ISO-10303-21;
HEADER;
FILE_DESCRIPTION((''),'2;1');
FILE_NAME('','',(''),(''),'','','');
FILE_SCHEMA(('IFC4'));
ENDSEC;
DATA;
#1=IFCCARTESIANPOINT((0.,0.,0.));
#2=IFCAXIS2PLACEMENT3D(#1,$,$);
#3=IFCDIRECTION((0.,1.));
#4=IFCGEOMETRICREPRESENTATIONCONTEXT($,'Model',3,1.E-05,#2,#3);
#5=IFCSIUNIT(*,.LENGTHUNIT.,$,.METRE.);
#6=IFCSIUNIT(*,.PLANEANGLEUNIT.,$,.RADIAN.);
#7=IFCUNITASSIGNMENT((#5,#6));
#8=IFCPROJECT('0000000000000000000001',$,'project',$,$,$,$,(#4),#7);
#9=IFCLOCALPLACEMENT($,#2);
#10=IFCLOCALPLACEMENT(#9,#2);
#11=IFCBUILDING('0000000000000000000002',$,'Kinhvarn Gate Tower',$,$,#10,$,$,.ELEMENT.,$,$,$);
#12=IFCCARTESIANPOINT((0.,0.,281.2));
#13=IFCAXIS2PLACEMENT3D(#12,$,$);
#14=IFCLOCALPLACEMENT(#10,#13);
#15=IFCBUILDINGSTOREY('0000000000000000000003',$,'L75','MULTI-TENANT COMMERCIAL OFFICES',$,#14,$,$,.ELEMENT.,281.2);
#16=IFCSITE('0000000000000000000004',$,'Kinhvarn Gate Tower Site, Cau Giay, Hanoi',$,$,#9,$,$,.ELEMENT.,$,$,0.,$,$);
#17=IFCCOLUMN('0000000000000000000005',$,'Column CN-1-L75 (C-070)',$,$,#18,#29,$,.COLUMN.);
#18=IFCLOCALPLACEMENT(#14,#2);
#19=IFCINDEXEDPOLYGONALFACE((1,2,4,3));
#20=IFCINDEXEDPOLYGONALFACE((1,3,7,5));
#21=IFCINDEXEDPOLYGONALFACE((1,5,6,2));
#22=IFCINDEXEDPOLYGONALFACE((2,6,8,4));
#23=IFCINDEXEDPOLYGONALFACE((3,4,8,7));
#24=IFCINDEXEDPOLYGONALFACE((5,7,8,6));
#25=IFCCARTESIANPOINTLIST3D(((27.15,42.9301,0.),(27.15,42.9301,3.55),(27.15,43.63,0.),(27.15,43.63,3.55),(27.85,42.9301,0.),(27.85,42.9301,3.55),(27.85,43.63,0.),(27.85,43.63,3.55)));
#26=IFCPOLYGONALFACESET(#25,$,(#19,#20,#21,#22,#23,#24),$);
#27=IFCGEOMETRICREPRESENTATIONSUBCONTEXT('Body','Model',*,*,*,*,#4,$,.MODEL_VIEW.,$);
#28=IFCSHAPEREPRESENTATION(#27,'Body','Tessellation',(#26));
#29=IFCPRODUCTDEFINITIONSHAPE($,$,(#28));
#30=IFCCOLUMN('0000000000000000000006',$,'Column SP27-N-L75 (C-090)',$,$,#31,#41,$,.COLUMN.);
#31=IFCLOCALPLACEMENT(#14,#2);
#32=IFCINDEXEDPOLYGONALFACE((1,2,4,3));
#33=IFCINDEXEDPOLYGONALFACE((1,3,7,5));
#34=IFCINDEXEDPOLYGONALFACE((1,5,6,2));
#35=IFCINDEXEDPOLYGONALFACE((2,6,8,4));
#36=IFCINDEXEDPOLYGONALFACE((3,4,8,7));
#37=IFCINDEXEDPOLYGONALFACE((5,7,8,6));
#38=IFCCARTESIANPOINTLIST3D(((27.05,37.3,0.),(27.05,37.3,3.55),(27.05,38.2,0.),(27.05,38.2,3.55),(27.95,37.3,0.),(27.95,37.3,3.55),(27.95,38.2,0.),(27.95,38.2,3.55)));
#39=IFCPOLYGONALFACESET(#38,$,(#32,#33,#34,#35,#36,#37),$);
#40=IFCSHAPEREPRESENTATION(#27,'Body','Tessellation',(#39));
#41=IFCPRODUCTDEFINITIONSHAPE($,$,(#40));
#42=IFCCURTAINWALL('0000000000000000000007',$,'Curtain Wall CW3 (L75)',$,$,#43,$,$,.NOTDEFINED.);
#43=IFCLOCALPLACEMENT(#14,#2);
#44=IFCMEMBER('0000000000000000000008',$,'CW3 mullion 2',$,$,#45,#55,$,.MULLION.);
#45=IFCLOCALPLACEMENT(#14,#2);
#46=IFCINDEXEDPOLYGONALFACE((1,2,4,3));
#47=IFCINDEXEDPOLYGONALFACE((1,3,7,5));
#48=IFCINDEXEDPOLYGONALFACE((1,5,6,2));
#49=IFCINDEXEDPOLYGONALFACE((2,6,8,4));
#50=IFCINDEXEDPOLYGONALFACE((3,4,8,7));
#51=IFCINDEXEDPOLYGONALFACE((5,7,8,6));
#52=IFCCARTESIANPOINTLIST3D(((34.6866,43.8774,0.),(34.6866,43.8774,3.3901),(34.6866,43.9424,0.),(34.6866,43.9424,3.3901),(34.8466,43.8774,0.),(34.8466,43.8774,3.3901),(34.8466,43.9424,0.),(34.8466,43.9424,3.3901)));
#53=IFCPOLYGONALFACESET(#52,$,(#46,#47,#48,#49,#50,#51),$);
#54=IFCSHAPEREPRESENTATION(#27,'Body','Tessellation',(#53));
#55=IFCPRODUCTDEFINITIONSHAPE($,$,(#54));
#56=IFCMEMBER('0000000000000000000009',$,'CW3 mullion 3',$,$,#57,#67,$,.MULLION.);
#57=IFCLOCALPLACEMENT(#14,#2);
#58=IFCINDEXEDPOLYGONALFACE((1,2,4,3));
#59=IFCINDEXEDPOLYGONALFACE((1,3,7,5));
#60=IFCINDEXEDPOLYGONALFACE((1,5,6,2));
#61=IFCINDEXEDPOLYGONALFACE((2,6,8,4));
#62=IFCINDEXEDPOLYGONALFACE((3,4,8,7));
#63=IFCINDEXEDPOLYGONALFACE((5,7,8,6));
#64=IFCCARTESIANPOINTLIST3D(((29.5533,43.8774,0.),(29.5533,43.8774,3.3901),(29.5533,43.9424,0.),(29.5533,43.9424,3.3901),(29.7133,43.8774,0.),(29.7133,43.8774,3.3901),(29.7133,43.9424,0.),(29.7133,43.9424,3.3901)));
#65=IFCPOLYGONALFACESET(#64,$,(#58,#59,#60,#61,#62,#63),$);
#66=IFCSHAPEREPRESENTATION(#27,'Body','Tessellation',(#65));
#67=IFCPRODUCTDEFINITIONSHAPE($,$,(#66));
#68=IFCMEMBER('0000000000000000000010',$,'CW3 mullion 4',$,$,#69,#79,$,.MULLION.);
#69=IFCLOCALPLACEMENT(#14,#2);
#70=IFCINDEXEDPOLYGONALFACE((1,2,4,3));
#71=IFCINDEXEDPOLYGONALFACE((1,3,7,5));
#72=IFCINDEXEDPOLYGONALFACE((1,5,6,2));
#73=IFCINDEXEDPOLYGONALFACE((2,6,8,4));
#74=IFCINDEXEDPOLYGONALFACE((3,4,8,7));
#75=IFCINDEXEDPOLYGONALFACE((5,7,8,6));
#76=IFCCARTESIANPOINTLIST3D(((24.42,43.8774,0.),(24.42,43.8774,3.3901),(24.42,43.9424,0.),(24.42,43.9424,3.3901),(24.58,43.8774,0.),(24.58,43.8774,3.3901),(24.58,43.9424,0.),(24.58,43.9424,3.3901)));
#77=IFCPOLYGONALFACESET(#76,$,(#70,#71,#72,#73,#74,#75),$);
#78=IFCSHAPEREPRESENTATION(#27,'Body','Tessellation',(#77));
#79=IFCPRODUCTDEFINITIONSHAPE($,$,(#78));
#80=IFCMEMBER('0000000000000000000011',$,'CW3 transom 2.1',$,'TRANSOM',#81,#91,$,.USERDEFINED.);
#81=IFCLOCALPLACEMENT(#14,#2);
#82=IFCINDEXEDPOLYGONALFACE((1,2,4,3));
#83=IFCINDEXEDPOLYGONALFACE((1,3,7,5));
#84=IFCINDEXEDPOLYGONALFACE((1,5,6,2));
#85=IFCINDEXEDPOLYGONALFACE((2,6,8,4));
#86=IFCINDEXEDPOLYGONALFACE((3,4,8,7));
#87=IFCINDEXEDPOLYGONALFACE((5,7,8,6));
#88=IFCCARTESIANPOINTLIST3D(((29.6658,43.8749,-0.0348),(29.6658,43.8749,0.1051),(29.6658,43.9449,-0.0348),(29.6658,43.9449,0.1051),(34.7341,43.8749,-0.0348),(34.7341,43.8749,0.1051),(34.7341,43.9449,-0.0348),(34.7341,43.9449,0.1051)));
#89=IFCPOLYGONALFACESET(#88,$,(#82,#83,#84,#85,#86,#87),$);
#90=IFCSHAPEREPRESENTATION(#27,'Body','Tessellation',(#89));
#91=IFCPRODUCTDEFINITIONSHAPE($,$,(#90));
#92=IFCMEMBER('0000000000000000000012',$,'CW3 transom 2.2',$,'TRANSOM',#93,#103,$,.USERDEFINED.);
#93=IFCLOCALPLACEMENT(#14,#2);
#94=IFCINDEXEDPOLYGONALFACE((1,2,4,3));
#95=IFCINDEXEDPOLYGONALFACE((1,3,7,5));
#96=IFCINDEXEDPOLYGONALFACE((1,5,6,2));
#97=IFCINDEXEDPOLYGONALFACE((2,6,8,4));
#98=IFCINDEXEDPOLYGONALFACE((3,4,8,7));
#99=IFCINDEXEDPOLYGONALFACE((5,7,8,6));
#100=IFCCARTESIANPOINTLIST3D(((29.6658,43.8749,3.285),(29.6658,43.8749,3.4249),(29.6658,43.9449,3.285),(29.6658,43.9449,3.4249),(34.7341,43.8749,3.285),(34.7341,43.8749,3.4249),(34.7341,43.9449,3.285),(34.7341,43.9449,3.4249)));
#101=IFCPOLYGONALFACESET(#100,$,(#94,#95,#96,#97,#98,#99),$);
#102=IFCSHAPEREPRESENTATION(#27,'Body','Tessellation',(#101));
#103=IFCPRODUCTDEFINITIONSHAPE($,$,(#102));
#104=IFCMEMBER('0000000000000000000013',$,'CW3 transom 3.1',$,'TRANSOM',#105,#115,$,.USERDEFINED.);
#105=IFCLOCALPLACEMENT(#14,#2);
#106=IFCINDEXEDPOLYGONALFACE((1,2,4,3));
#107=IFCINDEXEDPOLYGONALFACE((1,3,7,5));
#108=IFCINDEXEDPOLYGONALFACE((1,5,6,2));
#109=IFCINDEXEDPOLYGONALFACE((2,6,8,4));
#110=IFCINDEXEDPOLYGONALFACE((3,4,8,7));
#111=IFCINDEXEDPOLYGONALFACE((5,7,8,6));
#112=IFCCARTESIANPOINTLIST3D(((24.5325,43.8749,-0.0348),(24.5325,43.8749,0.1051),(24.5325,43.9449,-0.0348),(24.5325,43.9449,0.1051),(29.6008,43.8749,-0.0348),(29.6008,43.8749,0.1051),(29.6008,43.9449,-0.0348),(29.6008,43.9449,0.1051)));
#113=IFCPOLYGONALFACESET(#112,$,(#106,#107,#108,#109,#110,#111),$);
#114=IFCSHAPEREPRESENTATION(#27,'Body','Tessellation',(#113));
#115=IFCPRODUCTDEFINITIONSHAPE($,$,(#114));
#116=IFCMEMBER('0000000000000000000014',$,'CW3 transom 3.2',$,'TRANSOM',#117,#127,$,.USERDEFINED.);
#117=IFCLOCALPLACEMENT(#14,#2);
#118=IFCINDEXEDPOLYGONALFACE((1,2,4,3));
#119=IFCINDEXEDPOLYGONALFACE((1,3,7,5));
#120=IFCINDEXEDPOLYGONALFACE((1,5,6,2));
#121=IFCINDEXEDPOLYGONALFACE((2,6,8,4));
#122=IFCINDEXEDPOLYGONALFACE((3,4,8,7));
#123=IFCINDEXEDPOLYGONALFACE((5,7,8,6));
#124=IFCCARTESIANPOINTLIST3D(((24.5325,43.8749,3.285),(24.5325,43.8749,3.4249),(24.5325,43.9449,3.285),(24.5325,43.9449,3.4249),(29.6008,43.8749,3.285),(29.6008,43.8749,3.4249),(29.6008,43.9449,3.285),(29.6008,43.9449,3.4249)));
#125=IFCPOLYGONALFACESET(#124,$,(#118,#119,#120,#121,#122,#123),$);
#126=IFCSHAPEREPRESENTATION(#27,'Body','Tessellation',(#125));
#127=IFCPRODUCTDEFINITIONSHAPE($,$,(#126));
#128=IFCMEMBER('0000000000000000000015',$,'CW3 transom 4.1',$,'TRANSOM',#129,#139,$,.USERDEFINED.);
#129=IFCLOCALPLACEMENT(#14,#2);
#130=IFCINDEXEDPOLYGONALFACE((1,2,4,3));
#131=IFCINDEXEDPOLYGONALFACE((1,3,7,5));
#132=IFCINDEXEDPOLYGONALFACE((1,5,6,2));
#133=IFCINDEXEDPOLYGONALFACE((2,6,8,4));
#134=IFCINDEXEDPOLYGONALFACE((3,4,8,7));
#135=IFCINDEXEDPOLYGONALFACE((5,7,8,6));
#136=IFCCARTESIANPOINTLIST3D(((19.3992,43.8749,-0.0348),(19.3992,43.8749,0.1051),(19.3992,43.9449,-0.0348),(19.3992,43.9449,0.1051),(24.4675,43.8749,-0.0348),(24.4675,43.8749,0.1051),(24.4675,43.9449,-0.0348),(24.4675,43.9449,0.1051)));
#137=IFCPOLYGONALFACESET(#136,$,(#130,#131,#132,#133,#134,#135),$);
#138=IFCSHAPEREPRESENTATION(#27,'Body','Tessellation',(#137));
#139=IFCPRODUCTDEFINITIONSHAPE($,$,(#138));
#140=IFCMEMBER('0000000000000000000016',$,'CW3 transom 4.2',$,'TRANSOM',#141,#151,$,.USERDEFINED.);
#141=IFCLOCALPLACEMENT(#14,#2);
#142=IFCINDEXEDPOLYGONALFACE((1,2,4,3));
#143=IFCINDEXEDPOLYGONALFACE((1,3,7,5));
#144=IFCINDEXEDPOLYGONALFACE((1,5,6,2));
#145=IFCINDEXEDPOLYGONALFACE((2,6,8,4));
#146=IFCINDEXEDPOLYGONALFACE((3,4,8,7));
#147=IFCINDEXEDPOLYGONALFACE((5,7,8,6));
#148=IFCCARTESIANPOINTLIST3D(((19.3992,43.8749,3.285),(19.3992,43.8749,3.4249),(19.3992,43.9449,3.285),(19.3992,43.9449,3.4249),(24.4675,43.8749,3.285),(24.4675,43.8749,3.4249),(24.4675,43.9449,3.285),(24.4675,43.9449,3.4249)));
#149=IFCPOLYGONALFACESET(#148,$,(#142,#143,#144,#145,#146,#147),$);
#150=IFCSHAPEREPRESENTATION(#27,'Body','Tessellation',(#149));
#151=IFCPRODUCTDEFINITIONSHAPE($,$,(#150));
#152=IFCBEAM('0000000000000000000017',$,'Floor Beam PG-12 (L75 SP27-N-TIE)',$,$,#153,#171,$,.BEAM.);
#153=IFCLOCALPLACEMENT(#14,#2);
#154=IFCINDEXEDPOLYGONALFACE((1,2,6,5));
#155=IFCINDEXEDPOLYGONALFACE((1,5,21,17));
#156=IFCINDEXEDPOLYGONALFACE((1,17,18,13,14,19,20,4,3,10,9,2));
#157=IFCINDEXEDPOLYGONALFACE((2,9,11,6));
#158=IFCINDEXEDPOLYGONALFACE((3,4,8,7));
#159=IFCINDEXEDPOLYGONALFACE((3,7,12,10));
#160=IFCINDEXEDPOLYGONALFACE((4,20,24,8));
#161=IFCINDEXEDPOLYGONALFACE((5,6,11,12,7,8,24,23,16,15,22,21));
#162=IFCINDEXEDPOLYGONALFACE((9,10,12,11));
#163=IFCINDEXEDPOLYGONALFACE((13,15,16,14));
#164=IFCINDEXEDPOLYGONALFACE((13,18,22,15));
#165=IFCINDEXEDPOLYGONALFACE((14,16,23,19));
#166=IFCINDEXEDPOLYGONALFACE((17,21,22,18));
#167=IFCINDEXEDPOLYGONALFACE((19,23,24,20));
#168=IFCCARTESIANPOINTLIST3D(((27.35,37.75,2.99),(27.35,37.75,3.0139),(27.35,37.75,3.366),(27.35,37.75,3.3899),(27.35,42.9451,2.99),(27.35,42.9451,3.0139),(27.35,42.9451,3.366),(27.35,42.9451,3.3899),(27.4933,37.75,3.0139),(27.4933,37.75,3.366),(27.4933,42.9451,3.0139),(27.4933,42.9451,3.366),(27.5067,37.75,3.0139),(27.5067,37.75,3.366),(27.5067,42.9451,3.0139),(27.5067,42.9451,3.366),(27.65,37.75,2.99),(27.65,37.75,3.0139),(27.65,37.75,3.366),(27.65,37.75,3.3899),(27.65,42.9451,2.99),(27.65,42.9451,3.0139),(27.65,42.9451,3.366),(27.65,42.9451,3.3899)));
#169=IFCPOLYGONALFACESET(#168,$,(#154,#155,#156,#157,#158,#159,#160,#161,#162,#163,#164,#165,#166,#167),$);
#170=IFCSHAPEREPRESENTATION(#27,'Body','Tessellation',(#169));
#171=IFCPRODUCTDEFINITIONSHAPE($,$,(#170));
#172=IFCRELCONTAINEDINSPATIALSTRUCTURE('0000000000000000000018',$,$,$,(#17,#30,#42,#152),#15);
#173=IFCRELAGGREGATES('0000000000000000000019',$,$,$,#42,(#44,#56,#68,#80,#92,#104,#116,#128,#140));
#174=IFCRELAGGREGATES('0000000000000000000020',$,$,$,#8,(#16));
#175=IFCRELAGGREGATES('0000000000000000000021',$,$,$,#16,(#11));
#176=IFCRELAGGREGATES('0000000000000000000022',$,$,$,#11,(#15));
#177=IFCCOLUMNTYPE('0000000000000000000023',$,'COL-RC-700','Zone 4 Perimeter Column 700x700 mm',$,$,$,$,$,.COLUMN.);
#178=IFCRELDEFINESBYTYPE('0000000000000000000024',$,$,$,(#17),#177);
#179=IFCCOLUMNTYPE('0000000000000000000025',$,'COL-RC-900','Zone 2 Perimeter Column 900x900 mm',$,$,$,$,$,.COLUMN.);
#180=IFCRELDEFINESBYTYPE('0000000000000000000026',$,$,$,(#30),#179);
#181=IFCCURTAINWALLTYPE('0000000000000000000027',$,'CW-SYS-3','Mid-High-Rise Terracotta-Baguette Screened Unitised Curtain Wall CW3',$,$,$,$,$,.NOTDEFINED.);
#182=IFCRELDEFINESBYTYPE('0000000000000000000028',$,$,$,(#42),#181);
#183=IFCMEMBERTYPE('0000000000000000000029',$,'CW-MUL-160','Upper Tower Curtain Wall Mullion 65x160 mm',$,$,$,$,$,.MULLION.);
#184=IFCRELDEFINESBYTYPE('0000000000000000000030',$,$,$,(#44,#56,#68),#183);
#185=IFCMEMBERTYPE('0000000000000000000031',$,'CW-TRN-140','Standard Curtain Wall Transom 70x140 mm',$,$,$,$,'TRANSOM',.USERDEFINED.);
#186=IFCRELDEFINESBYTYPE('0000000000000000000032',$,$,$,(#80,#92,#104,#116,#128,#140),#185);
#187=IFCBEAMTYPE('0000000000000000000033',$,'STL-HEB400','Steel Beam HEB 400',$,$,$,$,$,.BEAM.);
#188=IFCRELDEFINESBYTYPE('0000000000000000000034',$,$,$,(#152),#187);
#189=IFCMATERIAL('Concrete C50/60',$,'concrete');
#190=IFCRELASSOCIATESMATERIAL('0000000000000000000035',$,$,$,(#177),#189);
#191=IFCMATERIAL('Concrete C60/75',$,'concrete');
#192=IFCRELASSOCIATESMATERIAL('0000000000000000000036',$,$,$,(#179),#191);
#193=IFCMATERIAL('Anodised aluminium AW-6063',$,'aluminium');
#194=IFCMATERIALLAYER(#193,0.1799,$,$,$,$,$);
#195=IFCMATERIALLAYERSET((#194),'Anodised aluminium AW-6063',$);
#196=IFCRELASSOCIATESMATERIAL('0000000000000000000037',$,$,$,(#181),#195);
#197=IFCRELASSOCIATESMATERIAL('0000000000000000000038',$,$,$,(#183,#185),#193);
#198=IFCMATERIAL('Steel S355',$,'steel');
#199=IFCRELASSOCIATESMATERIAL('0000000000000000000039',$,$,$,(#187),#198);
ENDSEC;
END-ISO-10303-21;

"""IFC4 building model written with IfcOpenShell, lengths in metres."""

from ifc_helpers import new_model, si_unit, direction, frame, origin, origin_2d, place, context, subcontext, project, spatial, rectangle, i_section, extrude, material, layer, layer_set, material_profile, profile_set, type_object, element, aggregate, save


model = new_model("IFC4")

# Units and contexts
model_context = context("Model", 3, precision=1e-05, world=origin(), true_north=direction((0.0, 1.0)))
body_context = subcontext(model_context, "Body", "Model", "MODEL_VIEW")
ifc_project = project(units=[si_unit("LENGTHUNIT", "METRE"), si_unit("PLANEANGLEUNIT", "RADIAN")], contexts=[model_context])

# Site, building, storey
site_placement = place(None, origin())
site = spatial("IfcSite", under=ifc_project, at=site_placement, Name="Kinhvarn Gate Tower Site, Cau Giay, Hanoi", CompositionType="ELEMENT", RefElevation=0.0)
building_placement = place(site_placement, origin())
building = spatial("IfcBuilding", under=site, at=building_placement, Name="Kinhvarn Gate Tower", CompositionType="ELEMENT")
storey_placement = place(building_placement, frame((0.0, 0.0, 281.2)))
storey = spatial("IfcBuildingStorey", under=building, at=storey_placement, Name="L75", Description="MULTI-TENANT COMMERCIAL OFFICES", CompositionType="ELEMENT", Elevation=281.2)

# Columns
ifc_material_1 = material(Name="Concrete C50/60", Category="concrete")
ifc_material_profile_1 = material_profile(ifc_material_1, rectangle(XDim=0.7, YDim=0.7, at=origin_2d()), Name="RC 700x700")
ifc_profile_set_1 = profile_set([ifc_material_profile_1], Name="Concrete C50/60")
column_type_1 = type_object("IfcColumnType", Name="COL-RC-700", Description="Zone 4 Perimeter Column 700x700 mm", PredefinedType="COLUMN", material=ifc_profile_set_1)
column_1_placement = place(storey_placement, frame((27.5, 43.28, 0.0), z_axis=(0.0, 0.0, 1.0), x_axis=(1.0, 0.0, 0.0)))
element("IfcColumn", 1, at=column_1_placement, inside=storey, type_object=column_type_1, Name="Column CN-1-L75 (C-070)", PredefinedType="COLUMN", context=body_context, shape_type="SweptSolid", body=[
    extrude(rectangle(XDim=0.7, YDim=0.7, at=origin_2d()), origin(), (0.0, 0.0, 1.0), 3.55),
])
ifc_material_2 = material(Name="Concrete C60/75", Category="concrete")
ifc_material_profile_2 = material_profile(ifc_material_2, rectangle(XDim=0.8999, YDim=0.8999, at=origin_2d()), Name="RC 900x900")
ifc_profile_set_2 = profile_set([ifc_material_profile_2], Name="Concrete C60/75")
column_type_2 = type_object("IfcColumnType", Name="COL-RC-900", Description="Zone 2 Perimeter Column 900x900 mm", PredefinedType="COLUMN", material=ifc_profile_set_2)
column_2_placement = place(storey_placement, frame((27.5, 37.75, 0.0), z_axis=(0.0, 0.0, 1.0), x_axis=(1.0, 0.0, 0.0)))
element("IfcColumn", 2, at=column_2_placement, inside=storey, type_object=column_type_2, Name="Column SP27-N-L75 (C-090)", PredefinedType="COLUMN", context=body_context, shape_type="SweptSolid", body=[
    extrude(rectangle(XDim=0.8999, YDim=0.8999, at=origin_2d()), origin(), (0.0, 0.0, 1.0), 3.55),
])

# Curtain wall, members
ifc_material_3 = material(Name="Anodised aluminium AW-6063", Category="aluminium")
ifc_layer_1 = layer(ifc_material_3, 0.1799)
ifc_layer_set_1 = layer_set([ifc_layer_1], Name="Anodised aluminium AW-6063")
curtain_wall_type = type_object("IfcCurtainWallType", Name="CW-SYS-3", Description="Mid-High-Rise Terracotta-Baguette Screened Unitised Curtain Wall CW3", PredefinedType="NOTDEFINED", material=ifc_layer_set_1)
curtain_wall_placement = place(storey_placement, origin())
curtain_wall = element("IfcCurtainWall", 3, at=curtain_wall_placement, inside=storey, type_object=curtain_wall_type, Name="Curtain Wall CW3 (L75)", PredefinedType="NOTDEFINED")
ifc_material_profile_3 = material_profile(ifc_material_3, rectangle(XDim=0.0649, YDim=0.1599, at=origin_2d()), Name="ALU 65x160")
ifc_profile_set_3 = profile_set([ifc_material_profile_3], Name="Anodised aluminium AW-6063")
member_type_1 = type_object("IfcMemberType", Name="CW-MUL-160", Description="Upper Tower Curtain Wall Mullion 65x160 mm", PredefinedType="MULLION", material=ifc_profile_set_3)
member_1_placement = place(storey_placement, frame((34.7666, 43.9099, 0.0), z_axis=(0.0, 0.0, 1.0), x_axis=(0.0, -1.0, 0.0)))
member_1 = element("IfcMember", 4, at=member_1_placement, type_object=member_type_1, Name="CW3 mullion 2", PredefinedType="MULLION", context=body_context, shape_type="SweptSolid", body=[
    extrude(rectangle(XDim=0.0649, YDim=0.1599, at=origin_2d()), origin(), (0.0, 0.0, 1.0), 3.3901),
])
member_2_placement = place(storey_placement, frame((29.6333, 43.9099, 0.0), z_axis=(0.0, 0.0, 1.0), x_axis=(0.0, -1.0, 0.0)))
member_2 = element("IfcMember", 5, at=member_2_placement, type_object=member_type_1, Name="CW3 mullion 3", PredefinedType="MULLION", context=body_context, shape_type="SweptSolid", body=[
    extrude(rectangle(XDim=0.0649, YDim=0.1599, at=origin_2d()), origin(), (0.0, 0.0, 1.0), 3.3901),
])
member_3_placement = place(storey_placement, frame((24.5, 43.9099, 0.0), z_axis=(0.0, 0.0, 1.0), x_axis=(0.0, -1.0, 0.0)))
member_3 = element("IfcMember", 6, at=member_3_placement, type_object=member_type_1, Name="CW3 mullion 4", PredefinedType="MULLION", context=body_context, shape_type="SweptSolid", body=[
    extrude(rectangle(XDim=0.0649, YDim=0.1599, at=origin_2d()), origin(), (0.0, 0.0, 1.0), 3.3901),
])
ifc_material_profile_4 = material_profile(ifc_material_3, rectangle(XDim=0.0701, YDim=0.1399, at=origin_2d()), Name="ALU 70x140")
ifc_profile_set_4 = profile_set([ifc_material_profile_4], Name="Anodised aluminium AW-6063")
member_type_2 = type_object("IfcMemberType", Name="CW-TRN-140", Description="Standard Curtain Wall Transom 70x140 mm", ElementType="TRANSOM", PredefinedType="USERDEFINED", material=ifc_profile_set_4)
member_4_placement = place(storey_placement, frame((34.7341, 43.9099, 0.0352), z_axis=(-1.0, 0.0, 0.0), x_axis=(0.0, -1.0, 0.0)))
member_4 = element("IfcMember", 7, at=member_4_placement, type_object=member_type_2, Name="CW3 transom 2.1", ObjectType="TRANSOM", PredefinedType="USERDEFINED", context=body_context, shape_type="SweptSolid", body=[
    extrude(rectangle(XDim=0.0701, YDim=0.1399, at=origin_2d()), origin(), (0.0, 0.0, 1.0), 5.0684),
])
member_5_placement = place(storey_placement, frame((34.7341, 43.9099, 3.355), z_axis=(-1.0, 0.0, 0.0), x_axis=(0.0, -1.0, 0.0)))
member_5 = element("IfcMember", 8, at=member_5_placement, type_object=member_type_2, Name="CW3 transom 2.2", ObjectType="TRANSOM", PredefinedType="USERDEFINED", context=body_context, shape_type="SweptSolid", body=[
    extrude(rectangle(XDim=0.0701, YDim=0.1399, at=origin_2d()), origin(), (0.0, 0.0, 1.0), 5.0684),
])
member_6_placement = place(storey_placement, frame((29.6008, 43.9099, 0.0352), z_axis=(-1.0, 0.0, 0.0), x_axis=(0.0, -1.0, 0.0)))
member_6 = element("IfcMember", 9, at=member_6_placement, type_object=member_type_2, Name="CW3 transom 3.1", ObjectType="TRANSOM", PredefinedType="USERDEFINED", context=body_context, shape_type="SweptSolid", body=[
    extrude(rectangle(XDim=0.0701, YDim=0.1399, at=origin_2d()), origin(), (0.0, 0.0, 1.0), 5.0684),
])
member_7_placement = place(storey_placement, frame((29.6008, 43.9099, 3.355), z_axis=(-1.0, 0.0, 0.0), x_axis=(0.0, -1.0, 0.0)))
member_7 = element("IfcMember", 10, at=member_7_placement, type_object=member_type_2, Name="CW3 transom 3.2", ObjectType="TRANSOM", PredefinedType="USERDEFINED", context=body_context, shape_type="SweptSolid", body=[
    extrude(rectangle(XDim=0.0701, YDim=0.1399, at=origin_2d()), origin(), (0.0, 0.0, 1.0), 5.0684),
])
member_8_placement = place(storey_placement, frame((24.4675, 43.9099, 0.0352), z_axis=(-1.0, 0.0, 0.0), x_axis=(0.0, -1.0, 0.0)))
member_8 = element("IfcMember", 11, at=member_8_placement, type_object=member_type_2, Name="CW3 transom 4.1", ObjectType="TRANSOM", PredefinedType="USERDEFINED", context=body_context, shape_type="SweptSolid", body=[
    extrude(rectangle(XDim=0.0701, YDim=0.1399, at=origin_2d()), origin(), (0.0, 0.0, 1.0), 5.0684),
])
member_9_placement = place(storey_placement, frame((24.4675, 43.9099, 3.355), z_axis=(-1.0, 0.0, 0.0), x_axis=(0.0, -1.0, 0.0)))
member_9 = element("IfcMember", 12, at=member_9_placement, type_object=member_type_2, Name="CW3 transom 4.2", ObjectType="TRANSOM", PredefinedType="USERDEFINED", context=body_context, shape_type="SweptSolid", body=[
    extrude(rectangle(XDim=0.0701, YDim=0.1399, at=origin_2d()), origin(), (0.0, 0.0, 1.0), 5.0684),
])

# Beam
ifc_material_4 = material(Name="Steel S355", Category="steel")
ifc_material_profile_5 = material_profile(ifc_material_4, i_section(OverallWidth=0.3, OverallDepth=0.3999, WebThickness=0.0134, FlangeThickness=0.0239, at=origin_2d()), Name="HEB 400")
ifc_profile_set_5 = profile_set([ifc_material_profile_5], Name="Steel S355")
beam_type_1 = type_object("IfcBeamType", Name="STL-HEB400", Description="Steel Beam HEB 400", PredefinedType="BEAM", material=ifc_profile_set_5)
beam_1_placement = place(storey_placement, frame((27.5, 37.75, 3.1899), z_axis=(0.0, 1.0, 0.0), x_axis=(-1.0, 0.0, 0.0)))
element("IfcBeam", 13, at=beam_1_placement, inside=storey, type_object=beam_type_1, Name="Floor Beam PG-12 (L75 SP27-N-TIE)", PredefinedType="BEAM", context=body_context, shape_type="SweptSolid", body=[
    extrude(i_section(OverallWidth=0.3, OverallDepth=0.3999, WebThickness=0.0134, FlangeThickness=0.0239, at=origin_2d()), origin(), (0.0, 0.0, 1.0), 5.1951),
])

aggregate(curtain_wall, [member_1, member_2, member_3, member_4, member_5, member_6, member_7, member_8, member_9])

save(model, "model.ifc")
